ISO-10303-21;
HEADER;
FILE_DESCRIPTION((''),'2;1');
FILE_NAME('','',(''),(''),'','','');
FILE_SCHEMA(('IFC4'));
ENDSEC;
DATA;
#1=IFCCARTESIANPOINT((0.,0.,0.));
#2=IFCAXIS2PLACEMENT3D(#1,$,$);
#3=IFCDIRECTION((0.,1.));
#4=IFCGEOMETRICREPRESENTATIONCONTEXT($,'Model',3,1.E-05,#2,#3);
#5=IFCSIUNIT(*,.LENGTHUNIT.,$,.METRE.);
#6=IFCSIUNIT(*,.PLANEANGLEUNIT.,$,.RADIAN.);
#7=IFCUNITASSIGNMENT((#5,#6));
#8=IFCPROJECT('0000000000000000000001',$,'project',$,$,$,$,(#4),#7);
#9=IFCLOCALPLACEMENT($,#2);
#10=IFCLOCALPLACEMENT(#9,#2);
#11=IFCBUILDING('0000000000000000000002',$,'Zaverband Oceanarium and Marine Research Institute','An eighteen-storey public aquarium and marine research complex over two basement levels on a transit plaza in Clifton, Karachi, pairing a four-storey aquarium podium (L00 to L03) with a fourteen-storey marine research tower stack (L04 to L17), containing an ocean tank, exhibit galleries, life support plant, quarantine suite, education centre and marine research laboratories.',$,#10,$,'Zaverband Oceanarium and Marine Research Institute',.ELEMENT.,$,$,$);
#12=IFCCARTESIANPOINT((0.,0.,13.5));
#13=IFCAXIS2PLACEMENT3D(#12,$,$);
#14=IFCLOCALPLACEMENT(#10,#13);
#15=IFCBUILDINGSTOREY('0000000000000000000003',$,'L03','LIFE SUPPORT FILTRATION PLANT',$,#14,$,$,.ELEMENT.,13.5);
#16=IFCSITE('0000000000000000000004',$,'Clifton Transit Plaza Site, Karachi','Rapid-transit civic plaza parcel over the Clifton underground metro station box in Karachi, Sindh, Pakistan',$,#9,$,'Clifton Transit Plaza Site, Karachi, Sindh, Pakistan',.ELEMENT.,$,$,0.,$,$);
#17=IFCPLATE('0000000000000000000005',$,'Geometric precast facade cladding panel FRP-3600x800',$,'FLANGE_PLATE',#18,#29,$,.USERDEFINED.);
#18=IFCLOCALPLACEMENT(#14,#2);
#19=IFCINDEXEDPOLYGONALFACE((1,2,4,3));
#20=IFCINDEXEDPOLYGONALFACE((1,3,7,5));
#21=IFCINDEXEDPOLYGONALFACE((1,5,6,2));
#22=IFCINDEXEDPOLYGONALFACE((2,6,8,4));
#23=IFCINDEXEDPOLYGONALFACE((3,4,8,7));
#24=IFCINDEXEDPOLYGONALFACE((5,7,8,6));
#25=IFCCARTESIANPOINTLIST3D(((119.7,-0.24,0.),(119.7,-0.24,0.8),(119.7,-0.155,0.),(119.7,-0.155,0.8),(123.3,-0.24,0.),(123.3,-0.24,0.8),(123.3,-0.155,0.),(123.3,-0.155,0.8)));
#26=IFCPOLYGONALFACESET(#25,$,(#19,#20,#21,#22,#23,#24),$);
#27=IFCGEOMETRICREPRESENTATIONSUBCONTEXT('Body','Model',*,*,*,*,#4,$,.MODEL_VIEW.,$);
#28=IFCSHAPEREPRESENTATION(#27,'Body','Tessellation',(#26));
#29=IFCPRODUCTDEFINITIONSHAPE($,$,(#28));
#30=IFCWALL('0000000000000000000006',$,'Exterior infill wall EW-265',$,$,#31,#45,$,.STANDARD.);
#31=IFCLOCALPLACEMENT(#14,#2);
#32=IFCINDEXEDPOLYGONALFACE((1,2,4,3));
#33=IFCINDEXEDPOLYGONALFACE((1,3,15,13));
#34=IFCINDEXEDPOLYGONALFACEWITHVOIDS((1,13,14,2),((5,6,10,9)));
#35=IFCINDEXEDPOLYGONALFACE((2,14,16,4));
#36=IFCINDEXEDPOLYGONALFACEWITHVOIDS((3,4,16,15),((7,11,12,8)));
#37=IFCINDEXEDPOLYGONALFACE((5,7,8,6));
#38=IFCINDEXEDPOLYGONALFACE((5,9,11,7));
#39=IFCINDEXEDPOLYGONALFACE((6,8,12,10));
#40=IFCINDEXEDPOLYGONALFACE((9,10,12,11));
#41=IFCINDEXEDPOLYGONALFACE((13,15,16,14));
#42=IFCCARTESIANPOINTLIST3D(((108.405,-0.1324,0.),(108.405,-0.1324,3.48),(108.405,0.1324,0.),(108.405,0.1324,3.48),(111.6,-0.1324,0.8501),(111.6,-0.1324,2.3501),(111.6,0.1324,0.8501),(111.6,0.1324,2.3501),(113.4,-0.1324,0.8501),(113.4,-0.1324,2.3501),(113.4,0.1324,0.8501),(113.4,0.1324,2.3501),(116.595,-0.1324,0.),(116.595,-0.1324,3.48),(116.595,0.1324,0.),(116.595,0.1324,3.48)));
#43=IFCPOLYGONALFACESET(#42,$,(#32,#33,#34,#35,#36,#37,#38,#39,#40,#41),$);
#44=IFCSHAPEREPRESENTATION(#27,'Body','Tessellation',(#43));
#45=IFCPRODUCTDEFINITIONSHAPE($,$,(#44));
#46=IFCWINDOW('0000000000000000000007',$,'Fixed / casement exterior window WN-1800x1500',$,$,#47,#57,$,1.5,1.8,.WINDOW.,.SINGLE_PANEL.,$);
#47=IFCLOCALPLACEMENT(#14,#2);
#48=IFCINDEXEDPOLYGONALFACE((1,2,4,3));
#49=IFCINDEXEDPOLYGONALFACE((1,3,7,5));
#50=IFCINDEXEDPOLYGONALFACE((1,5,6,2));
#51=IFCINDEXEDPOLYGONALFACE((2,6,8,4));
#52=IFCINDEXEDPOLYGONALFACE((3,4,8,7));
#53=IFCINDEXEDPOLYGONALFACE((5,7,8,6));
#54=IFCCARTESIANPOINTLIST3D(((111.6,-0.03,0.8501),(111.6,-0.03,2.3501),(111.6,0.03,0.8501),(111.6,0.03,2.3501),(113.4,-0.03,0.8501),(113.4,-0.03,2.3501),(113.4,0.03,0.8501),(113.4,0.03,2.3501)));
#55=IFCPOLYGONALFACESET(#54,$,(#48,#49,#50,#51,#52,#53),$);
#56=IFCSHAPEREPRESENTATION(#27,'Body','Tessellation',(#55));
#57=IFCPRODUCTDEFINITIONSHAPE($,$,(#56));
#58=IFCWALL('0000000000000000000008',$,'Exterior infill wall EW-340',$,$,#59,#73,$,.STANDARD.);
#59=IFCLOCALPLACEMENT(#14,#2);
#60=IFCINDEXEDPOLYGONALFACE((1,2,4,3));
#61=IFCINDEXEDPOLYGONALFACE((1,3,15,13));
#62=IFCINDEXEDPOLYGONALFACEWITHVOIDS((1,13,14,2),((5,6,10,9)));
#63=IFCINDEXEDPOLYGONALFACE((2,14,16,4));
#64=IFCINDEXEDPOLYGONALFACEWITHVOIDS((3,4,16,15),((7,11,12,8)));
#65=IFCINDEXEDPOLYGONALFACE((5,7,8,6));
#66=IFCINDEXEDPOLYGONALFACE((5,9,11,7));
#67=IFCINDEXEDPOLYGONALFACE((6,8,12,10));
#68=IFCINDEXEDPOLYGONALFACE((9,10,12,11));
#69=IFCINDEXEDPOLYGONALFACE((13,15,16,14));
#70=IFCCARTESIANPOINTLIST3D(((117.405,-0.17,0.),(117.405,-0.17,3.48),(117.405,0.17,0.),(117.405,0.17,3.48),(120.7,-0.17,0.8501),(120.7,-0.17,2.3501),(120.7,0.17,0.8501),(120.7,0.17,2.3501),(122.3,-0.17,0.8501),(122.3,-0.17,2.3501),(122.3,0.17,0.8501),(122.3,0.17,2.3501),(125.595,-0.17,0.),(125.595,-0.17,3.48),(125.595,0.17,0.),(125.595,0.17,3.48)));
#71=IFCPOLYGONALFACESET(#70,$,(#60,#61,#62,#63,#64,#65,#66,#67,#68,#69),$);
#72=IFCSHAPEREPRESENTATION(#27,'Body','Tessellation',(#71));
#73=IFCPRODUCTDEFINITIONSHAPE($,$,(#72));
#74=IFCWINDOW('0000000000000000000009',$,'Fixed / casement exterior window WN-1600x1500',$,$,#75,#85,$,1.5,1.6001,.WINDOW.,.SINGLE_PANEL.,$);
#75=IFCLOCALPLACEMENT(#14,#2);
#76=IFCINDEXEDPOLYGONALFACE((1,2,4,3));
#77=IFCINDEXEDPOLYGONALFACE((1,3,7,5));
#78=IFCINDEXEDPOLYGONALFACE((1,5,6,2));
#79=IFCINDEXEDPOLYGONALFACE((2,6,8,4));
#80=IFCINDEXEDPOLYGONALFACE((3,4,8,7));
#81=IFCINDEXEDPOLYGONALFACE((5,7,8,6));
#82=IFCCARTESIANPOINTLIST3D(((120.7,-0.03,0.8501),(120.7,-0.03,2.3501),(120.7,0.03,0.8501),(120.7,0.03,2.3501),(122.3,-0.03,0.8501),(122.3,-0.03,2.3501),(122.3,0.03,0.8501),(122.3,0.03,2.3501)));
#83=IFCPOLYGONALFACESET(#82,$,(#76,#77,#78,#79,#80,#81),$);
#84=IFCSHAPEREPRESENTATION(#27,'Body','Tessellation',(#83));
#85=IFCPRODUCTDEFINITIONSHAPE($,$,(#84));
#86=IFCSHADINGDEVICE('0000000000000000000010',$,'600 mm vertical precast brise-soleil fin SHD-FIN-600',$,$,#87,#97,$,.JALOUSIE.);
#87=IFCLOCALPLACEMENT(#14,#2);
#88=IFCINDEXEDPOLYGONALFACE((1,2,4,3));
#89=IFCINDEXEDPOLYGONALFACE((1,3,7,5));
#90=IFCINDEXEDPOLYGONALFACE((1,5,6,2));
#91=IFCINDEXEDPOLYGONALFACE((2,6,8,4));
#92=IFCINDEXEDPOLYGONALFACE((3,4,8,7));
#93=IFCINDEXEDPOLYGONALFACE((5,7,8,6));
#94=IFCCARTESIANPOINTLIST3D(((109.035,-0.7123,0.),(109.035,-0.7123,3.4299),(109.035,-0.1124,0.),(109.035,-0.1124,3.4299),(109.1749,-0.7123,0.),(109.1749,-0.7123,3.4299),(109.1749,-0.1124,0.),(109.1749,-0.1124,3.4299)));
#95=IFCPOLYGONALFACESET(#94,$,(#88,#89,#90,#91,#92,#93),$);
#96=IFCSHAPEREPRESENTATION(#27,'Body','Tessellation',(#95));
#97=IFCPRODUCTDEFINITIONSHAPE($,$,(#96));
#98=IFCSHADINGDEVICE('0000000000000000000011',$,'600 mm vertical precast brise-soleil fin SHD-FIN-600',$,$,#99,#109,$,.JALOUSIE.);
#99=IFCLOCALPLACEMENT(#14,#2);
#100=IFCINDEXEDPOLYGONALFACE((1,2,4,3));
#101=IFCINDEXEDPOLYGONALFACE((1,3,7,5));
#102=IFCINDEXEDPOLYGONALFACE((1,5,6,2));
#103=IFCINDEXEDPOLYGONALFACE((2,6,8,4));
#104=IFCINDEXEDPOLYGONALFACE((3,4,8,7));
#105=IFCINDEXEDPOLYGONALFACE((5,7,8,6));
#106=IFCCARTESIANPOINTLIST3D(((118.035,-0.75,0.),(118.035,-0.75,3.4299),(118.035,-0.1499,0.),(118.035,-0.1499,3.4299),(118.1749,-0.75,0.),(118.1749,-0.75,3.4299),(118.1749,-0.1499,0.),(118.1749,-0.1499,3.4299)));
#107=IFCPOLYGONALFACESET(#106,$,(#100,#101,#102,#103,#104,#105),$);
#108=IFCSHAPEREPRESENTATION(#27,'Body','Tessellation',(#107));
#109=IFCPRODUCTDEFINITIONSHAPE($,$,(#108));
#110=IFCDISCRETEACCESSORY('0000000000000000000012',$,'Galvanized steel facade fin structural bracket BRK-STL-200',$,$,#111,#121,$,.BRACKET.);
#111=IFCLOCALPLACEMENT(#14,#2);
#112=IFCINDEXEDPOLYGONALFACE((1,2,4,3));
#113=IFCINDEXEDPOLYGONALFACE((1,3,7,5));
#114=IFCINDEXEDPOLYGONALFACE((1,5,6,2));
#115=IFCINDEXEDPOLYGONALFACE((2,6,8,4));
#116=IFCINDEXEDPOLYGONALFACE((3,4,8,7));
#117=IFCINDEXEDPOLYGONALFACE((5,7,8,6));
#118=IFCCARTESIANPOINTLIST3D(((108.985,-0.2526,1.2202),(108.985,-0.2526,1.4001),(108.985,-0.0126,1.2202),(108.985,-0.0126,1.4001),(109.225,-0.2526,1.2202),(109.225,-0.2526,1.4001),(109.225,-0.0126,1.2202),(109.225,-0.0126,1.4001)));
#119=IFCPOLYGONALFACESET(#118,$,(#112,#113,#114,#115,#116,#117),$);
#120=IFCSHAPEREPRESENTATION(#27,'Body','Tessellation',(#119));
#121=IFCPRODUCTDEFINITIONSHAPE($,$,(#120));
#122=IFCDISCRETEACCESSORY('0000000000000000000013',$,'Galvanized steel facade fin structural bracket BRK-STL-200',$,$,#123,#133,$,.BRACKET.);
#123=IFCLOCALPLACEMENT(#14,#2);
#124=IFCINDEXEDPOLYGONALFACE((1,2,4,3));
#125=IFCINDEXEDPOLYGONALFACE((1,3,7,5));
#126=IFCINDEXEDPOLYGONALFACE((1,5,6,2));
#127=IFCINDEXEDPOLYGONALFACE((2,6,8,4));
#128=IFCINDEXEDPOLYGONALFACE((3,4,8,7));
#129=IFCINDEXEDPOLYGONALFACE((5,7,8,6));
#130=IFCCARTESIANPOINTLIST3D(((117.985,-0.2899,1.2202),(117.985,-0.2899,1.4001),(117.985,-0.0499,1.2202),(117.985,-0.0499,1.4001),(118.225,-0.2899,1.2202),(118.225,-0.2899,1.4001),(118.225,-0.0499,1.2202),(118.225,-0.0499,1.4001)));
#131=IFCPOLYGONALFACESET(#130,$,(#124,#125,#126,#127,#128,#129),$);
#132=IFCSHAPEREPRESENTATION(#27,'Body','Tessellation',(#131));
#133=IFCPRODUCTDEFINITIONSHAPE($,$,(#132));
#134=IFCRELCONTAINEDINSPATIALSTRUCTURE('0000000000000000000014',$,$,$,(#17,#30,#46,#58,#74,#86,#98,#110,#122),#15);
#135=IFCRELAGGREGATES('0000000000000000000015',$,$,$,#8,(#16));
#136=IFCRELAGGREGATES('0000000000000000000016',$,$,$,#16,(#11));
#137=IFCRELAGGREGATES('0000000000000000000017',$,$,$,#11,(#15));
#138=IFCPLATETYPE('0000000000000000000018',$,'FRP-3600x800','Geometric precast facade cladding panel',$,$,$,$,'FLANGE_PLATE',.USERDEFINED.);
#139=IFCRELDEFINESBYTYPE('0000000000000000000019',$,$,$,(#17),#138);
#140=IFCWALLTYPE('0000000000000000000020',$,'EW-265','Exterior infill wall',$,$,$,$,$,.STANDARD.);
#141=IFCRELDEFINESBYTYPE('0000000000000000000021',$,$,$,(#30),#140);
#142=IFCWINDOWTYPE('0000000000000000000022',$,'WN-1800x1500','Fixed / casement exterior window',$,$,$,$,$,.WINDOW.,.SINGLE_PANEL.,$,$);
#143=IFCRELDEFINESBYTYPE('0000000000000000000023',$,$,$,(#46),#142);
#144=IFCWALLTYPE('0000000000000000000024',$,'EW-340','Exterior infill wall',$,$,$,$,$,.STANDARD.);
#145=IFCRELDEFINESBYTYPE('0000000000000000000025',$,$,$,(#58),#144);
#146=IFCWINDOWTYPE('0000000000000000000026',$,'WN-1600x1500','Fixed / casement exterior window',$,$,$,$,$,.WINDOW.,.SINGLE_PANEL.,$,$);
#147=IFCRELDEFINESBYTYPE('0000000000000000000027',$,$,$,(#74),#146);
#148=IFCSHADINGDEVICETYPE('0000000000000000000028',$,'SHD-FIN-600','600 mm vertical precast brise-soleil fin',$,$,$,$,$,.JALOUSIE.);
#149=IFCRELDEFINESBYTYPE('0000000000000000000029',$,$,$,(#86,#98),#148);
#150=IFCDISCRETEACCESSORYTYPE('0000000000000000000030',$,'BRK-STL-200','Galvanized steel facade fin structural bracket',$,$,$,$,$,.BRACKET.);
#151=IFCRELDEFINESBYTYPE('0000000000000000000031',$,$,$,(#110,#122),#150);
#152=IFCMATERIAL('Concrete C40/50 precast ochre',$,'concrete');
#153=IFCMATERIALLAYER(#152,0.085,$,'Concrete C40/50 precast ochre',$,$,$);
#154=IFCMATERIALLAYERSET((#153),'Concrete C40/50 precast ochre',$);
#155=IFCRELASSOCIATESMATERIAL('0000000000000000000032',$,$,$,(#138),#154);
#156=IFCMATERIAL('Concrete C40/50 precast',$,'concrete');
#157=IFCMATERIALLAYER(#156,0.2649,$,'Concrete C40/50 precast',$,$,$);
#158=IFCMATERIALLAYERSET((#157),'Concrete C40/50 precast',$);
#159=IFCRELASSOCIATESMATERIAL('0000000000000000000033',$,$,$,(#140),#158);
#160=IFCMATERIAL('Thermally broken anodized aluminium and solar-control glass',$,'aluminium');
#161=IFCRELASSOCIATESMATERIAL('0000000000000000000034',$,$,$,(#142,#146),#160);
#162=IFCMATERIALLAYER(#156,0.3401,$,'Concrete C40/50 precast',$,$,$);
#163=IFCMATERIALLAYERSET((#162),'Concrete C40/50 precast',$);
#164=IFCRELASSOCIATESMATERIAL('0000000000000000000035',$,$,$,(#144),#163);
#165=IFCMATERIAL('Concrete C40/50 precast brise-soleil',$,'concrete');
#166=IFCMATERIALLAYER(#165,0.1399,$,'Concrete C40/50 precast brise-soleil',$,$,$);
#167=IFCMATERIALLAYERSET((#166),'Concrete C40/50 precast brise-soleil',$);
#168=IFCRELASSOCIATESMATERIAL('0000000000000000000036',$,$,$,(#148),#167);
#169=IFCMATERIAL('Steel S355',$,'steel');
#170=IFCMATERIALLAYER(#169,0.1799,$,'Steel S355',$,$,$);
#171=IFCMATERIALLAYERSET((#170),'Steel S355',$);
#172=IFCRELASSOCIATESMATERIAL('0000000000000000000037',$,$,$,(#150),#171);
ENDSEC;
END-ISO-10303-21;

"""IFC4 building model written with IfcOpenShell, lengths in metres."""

from ifc_helpers import new_model, si_unit, direction, frame, frame_2d, origin, origin_2d, place, context, subcontext, project, spatial, rectangle, extrude, material, layer, layer_set, type_object, element, fill, save


model = new_model("IFC4")

# Units and contexts
model_context = context("Model", 3, precision=1e-05, world=origin(), true_north=direction((0.0, 1.0)))
body_context = subcontext(model_context, "Body", "Model", "MODEL_VIEW")
ifc_project = project(units=[si_unit("LENGTHUNIT", "METRE"), si_unit("PLANEANGLEUNIT", "RADIAN")], contexts=[model_context])

# Site, building, storey
site_placement = place(None, origin())
site = spatial("IfcSite", under=ifc_project, at=site_placement, Name="Clifton Transit Plaza Site, Karachi", Description="Rapid-transit civic plaza parcel over the Clifton underground metro station box in Karachi, Sindh, Pakistan", LongName="Clifton Transit Plaza Site, Karachi, Sindh, Pakistan", CompositionType="ELEMENT", RefElevation=0.0)
building_placement = place(site_placement, origin())
building = spatial("IfcBuilding", under=site, at=building_placement, Name="Zaverband Oceanarium and Marine Research Institute", Description="An eighteen-storey public aquarium and marine research complex over two basement levels on a transit plaza in Clifton, Karachi, pairing a four-storey aquarium podium (L00 to L03) with a fourteen-storey marine research tower stack (L04 to L17), containing an ocean tank, exhibit galleries, life support plant, quarantine suite, education centre and marine research laboratories.", LongName="Zaverband Oceanarium and Marine Research Institute", CompositionType="ELEMENT")
storey_placement = place(building_placement, frame((0.0, 0.0, 13.5)))
storey = spatial("IfcBuildingStorey", under=building, at=storey_placement, Name="L03", Description="LIFE SUPPORT FILTRATION PLANT", CompositionType="ELEMENT", Elevation=13.5)

# Plate
ifc_material_1 = material(Name="Concrete C40/50 precast ochre", Category="concrete")
ifc_layer_1 = layer(ifc_material_1, 0.085, Name="Concrete C40/50 precast ochre")
ifc_layer_set_1 = layer_set([ifc_layer_1], Name="Concrete C40/50 precast ochre")
plate_type_1 = type_object("IfcPlateType", Name="FRP-3600x800", Description="Geometric precast facade cladding panel", ElementType="FLANGE_PLATE", PredefinedType="USERDEFINED", material=ifc_layer_set_1)
plate_1_placement = place(storey_placement, frame((119.7, -0.1975, 0.0), z_axis=(0.0, 0.0, 1.0), x_axis=(1.0, 0.0, 0.0)))
element("IfcPlate", 1, at=plate_1_placement, inside=storey, type_object=plate_type_1, Name="Geometric precast facade cladding panel FRP-3600x800", ObjectType="FLANGE_PLATE", PredefinedType="USERDEFINED", context=body_context, shape_type="SweptSolid", body=[
    extrude(rectangle(XDim=3.6001, YDim=0.085, at=frame_2d((1.8, 0.0))), origin(), (0.0, 0.0, 1.0), 0.8),
])

# Walls, openings, windows
ifc_material_2 = material(Name="Concrete C40/50 precast", Category="concrete")
ifc_layer_2 = layer(ifc_material_2, 0.2649, Name="Concrete C40/50 precast")
ifc_layer_set_2 = layer_set([ifc_layer_2], Name="Concrete C40/50 precast")
wall_type_1 = type_object("IfcWallType", Name="EW-265", Description="Exterior infill wall", PredefinedType="STANDARD", material=ifc_layer_set_2)
wall_1_placement = place(storey_placement, frame((108.405, 0.0, 0.0), z_axis=(0.0, 0.0, 1.0), x_axis=(1.0, 0.0, 0.0)))
wall_1 = element("IfcWall", 2, at=wall_1_placement, inside=storey, type_object=wall_type_1, Name="Exterior infill wall EW-265", PredefinedType="STANDARD", context=body_context, shape_type="SweptSolid", body=[
    extrude(rectangle(XDim=8.1899, YDim=0.2649, at=frame_2d((4.095, 0.0))), origin(), (0.0, 0.0, 1.0), 3.48),
])
opening_1_placement = place(wall_1_placement, frame((3.1951, 0.0, 0.8501)))
opening_1 = element("IfcOpeningElement", 3, at=opening_1_placement, cuts=wall_1, PredefinedType="OPENING", context=body_context, shape_type="SweptSolid", body=[
    extrude(rectangle(XDim=1.8, YDim=1.5, at=frame_2d((0.8999, 0.75))), frame((0.0, 0.1445, 0.0), z_axis=(0.0, -1.0, 0.0), x_axis=(1.0, 0.0, 0.0)), (0.0, 0.0, 1.0), 0.2888),
])
ifc_material_3 = material(Name="Thermally broken anodized aluminium and solar-control glass", Category="aluminium")
window_type_1 = type_object("IfcWindowType", Name="WN-1800x1500", Description="Fixed / casement exterior window", PartitioningType="SINGLE_PANEL", PredefinedType="WINDOW", material=ifc_material_3)
window_1_placement = place(opening_1_placement, origin())
window_1 = element("IfcWindow", 4, at=window_1_placement, inside=storey, type_object=window_type_1, Name="Fixed / casement exterior window WN-1800x1500", OverallHeight=1.5, OverallWidth=1.8, PartitioningType="SINGLE_PANEL", PredefinedType="WINDOW", context=body_context, shape_type="SweptSolid", body=[
    extrude(rectangle(XDim=1.8, YDim=1.5, at=frame_2d((0.8999, 0.75))), frame((0.0, 0.03, 0.0), z_axis=(0.0, -1.0, 0.0), x_axis=(1.0, 0.0, 0.0)), (0.0, 0.0, 1.0), 0.0601),
])
fill(opening_1, window_1)
ifc_layer_3 = layer(ifc_material_2, 0.3401, Name="Concrete C40/50 precast")
ifc_layer_set_3 = layer_set([ifc_layer_3], Name="Concrete C40/50 precast")
wall_type_2 = type_object("IfcWallType", Name="EW-340", Description="Exterior infill wall", PredefinedType="STANDARD", material=ifc_layer_set_3)
wall_2_placement = place(storey_placement, frame((117.405, 0.0, 0.0), z_axis=(0.0, 0.0, 1.0), x_axis=(1.0, 0.0, 0.0)))
wall_2 = element("IfcWall", 5, at=wall_2_placement, inside=storey, type_object=wall_type_2, Name="Exterior infill wall EW-340", PredefinedType="STANDARD", context=body_context, shape_type="SweptSolid", body=[
    extrude(rectangle(XDim=8.1899, YDim=0.3401, at=frame_2d((4.095, 0.0))), origin(), (0.0, 0.0, 1.0), 3.48),
])
opening_2_placement = place(wall_2_placement, frame((3.2949, 0.0, 0.8501)))
opening_2 = element("IfcOpeningElement", 6, at=opening_2_placement, cuts=wall_2, PredefinedType="OPENING", context=body_context, shape_type="SweptSolid", body=[
    extrude(rectangle(XDim=1.6001, YDim=1.5, at=frame_2d((0.8, 0.75))), frame((0.0, 0.1821, 0.0), z_axis=(0.0, -1.0, 0.0), x_axis=(1.0, 0.0, 0.0)), (0.0, 0.0, 1.0), 0.364),
])
window_type_2 = type_object("IfcWindowType", Name="WN-1600x1500", Description="Fixed / casement exterior window", PartitioningType="SINGLE_PANEL", PredefinedType="WINDOW", material=ifc_material_3)
window_2_placement = place(opening_2_placement, origin())
window_2 = element("IfcWindow", 7, at=window_2_placement, inside=storey, type_object=window_type_2, Name="Fixed / casement exterior window WN-1600x1500", OverallHeight=1.5, OverallWidth=1.6001, PartitioningType="SINGLE_PANEL", PredefinedType="WINDOW", context=body_context, shape_type="SweptSolid", body=[
    extrude(rectangle(XDim=1.6001, YDim=1.5, at=frame_2d((0.8, 0.75))), frame((0.0, 0.03, 0.0), z_axis=(0.0, -1.0, 0.0), x_axis=(1.0, 0.0, 0.0)), (0.0, 0.0, 1.0), 0.0601),
])
fill(opening_2, window_2)

# Shading devices
ifc_material_4 = material(Name="Concrete C40/50 precast brise-soleil", Category="concrete")
ifc_layer_4 = layer(ifc_material_4, 0.1399, Name="Concrete C40/50 precast brise-soleil")
ifc_layer_set_4 = layer_set([ifc_layer_4], Name="Concrete C40/50 precast brise-soleil")
shading_device_type = type_object("IfcShadingDeviceType", Name="SHD-FIN-600", Description="600 mm vertical precast brise-soleil fin", PredefinedType="JALOUSIE", material=ifc_layer_set_4)
shading_device_1_placement = place(storey_placement, frame((109.105, -0.1125, 0.0), z_axis=(0.0, 0.0, 1.0), x_axis=(0.0, -1.0, 0.0)))
element("IfcShadingDevice", 8, at=shading_device_1_placement, inside=storey, type_object=shading_device_type, Name="600 mm vertical precast brise-soleil fin SHD-FIN-600", PredefinedType="JALOUSIE", context=body_context, shape_type="SweptSolid", body=[
    extrude(rectangle(XDim=0.5999, YDim=0.1399, at=frame_2d((0.2998, 0.0))), origin(), (0.0, 0.0, 1.0), 3.4299),
])
shading_device_2_placement = place(storey_placement, frame((118.105, -0.1499, 0.0), z_axis=(0.0, 0.0, 1.0), x_axis=(0.0, -1.0, 0.0)))
element("IfcShadingDevice", 9, at=shading_device_2_placement, inside=storey, type_object=shading_device_type, Name="600 mm vertical precast brise-soleil fin SHD-FIN-600", PredefinedType="JALOUSIE", context=body_context, shape_type="SweptSolid", body=[
    extrude(rectangle(XDim=0.6001, YDim=0.1399, at=frame_2d((0.3, 0.0))), origin(), (0.0, 0.0, 1.0), 3.4299),
])

# Discrete accessories
ifc_material_5 = material(Name="Steel S355", Category="steel")
ifc_layer_5 = layer(ifc_material_5, 0.1799, Name="Steel S355")
ifc_layer_set_5 = layer_set([ifc_layer_5], Name="Steel S355")
discrete_accessory_type = type_object("IfcDiscreteAccessoryType", Name="BRK-STL-200", Description="Galvanized steel facade fin structural bracket", PredefinedType="BRACKET", material=ifc_layer_set_5)
for number, where, z_axis, x_axis, name in (
    (10, (109.105, -0.1326, 1.2202), (0.0, 0.0, 1.0), (1.0, 0.0, 0.0), "Galvanized steel facade fin structural bracket BRK-STL-200"),
    (11, (118.105, -0.1699, 1.2202), (0.0, 0.0, 1.0), (1.0, 0.0, 0.0), "Galvanized steel facade fin structural bracket BRK-STL-200"),
):
    element("IfcDiscreteAccessory", number, at=place(storey_placement, frame(where, z_axis=z_axis, x_axis=x_axis)), inside=storey, type_object=discrete_accessory_type, Name=name, PredefinedType="BRACKET", context=body_context, shape_type="SweptSolid", body=[
        extrude(rectangle(XDim=0.24, YDim=0.24, at=origin_2d()), origin(), (0.0, 0.0, 1.0), 0.1799),
    ])

save(model, "model.ifc")
